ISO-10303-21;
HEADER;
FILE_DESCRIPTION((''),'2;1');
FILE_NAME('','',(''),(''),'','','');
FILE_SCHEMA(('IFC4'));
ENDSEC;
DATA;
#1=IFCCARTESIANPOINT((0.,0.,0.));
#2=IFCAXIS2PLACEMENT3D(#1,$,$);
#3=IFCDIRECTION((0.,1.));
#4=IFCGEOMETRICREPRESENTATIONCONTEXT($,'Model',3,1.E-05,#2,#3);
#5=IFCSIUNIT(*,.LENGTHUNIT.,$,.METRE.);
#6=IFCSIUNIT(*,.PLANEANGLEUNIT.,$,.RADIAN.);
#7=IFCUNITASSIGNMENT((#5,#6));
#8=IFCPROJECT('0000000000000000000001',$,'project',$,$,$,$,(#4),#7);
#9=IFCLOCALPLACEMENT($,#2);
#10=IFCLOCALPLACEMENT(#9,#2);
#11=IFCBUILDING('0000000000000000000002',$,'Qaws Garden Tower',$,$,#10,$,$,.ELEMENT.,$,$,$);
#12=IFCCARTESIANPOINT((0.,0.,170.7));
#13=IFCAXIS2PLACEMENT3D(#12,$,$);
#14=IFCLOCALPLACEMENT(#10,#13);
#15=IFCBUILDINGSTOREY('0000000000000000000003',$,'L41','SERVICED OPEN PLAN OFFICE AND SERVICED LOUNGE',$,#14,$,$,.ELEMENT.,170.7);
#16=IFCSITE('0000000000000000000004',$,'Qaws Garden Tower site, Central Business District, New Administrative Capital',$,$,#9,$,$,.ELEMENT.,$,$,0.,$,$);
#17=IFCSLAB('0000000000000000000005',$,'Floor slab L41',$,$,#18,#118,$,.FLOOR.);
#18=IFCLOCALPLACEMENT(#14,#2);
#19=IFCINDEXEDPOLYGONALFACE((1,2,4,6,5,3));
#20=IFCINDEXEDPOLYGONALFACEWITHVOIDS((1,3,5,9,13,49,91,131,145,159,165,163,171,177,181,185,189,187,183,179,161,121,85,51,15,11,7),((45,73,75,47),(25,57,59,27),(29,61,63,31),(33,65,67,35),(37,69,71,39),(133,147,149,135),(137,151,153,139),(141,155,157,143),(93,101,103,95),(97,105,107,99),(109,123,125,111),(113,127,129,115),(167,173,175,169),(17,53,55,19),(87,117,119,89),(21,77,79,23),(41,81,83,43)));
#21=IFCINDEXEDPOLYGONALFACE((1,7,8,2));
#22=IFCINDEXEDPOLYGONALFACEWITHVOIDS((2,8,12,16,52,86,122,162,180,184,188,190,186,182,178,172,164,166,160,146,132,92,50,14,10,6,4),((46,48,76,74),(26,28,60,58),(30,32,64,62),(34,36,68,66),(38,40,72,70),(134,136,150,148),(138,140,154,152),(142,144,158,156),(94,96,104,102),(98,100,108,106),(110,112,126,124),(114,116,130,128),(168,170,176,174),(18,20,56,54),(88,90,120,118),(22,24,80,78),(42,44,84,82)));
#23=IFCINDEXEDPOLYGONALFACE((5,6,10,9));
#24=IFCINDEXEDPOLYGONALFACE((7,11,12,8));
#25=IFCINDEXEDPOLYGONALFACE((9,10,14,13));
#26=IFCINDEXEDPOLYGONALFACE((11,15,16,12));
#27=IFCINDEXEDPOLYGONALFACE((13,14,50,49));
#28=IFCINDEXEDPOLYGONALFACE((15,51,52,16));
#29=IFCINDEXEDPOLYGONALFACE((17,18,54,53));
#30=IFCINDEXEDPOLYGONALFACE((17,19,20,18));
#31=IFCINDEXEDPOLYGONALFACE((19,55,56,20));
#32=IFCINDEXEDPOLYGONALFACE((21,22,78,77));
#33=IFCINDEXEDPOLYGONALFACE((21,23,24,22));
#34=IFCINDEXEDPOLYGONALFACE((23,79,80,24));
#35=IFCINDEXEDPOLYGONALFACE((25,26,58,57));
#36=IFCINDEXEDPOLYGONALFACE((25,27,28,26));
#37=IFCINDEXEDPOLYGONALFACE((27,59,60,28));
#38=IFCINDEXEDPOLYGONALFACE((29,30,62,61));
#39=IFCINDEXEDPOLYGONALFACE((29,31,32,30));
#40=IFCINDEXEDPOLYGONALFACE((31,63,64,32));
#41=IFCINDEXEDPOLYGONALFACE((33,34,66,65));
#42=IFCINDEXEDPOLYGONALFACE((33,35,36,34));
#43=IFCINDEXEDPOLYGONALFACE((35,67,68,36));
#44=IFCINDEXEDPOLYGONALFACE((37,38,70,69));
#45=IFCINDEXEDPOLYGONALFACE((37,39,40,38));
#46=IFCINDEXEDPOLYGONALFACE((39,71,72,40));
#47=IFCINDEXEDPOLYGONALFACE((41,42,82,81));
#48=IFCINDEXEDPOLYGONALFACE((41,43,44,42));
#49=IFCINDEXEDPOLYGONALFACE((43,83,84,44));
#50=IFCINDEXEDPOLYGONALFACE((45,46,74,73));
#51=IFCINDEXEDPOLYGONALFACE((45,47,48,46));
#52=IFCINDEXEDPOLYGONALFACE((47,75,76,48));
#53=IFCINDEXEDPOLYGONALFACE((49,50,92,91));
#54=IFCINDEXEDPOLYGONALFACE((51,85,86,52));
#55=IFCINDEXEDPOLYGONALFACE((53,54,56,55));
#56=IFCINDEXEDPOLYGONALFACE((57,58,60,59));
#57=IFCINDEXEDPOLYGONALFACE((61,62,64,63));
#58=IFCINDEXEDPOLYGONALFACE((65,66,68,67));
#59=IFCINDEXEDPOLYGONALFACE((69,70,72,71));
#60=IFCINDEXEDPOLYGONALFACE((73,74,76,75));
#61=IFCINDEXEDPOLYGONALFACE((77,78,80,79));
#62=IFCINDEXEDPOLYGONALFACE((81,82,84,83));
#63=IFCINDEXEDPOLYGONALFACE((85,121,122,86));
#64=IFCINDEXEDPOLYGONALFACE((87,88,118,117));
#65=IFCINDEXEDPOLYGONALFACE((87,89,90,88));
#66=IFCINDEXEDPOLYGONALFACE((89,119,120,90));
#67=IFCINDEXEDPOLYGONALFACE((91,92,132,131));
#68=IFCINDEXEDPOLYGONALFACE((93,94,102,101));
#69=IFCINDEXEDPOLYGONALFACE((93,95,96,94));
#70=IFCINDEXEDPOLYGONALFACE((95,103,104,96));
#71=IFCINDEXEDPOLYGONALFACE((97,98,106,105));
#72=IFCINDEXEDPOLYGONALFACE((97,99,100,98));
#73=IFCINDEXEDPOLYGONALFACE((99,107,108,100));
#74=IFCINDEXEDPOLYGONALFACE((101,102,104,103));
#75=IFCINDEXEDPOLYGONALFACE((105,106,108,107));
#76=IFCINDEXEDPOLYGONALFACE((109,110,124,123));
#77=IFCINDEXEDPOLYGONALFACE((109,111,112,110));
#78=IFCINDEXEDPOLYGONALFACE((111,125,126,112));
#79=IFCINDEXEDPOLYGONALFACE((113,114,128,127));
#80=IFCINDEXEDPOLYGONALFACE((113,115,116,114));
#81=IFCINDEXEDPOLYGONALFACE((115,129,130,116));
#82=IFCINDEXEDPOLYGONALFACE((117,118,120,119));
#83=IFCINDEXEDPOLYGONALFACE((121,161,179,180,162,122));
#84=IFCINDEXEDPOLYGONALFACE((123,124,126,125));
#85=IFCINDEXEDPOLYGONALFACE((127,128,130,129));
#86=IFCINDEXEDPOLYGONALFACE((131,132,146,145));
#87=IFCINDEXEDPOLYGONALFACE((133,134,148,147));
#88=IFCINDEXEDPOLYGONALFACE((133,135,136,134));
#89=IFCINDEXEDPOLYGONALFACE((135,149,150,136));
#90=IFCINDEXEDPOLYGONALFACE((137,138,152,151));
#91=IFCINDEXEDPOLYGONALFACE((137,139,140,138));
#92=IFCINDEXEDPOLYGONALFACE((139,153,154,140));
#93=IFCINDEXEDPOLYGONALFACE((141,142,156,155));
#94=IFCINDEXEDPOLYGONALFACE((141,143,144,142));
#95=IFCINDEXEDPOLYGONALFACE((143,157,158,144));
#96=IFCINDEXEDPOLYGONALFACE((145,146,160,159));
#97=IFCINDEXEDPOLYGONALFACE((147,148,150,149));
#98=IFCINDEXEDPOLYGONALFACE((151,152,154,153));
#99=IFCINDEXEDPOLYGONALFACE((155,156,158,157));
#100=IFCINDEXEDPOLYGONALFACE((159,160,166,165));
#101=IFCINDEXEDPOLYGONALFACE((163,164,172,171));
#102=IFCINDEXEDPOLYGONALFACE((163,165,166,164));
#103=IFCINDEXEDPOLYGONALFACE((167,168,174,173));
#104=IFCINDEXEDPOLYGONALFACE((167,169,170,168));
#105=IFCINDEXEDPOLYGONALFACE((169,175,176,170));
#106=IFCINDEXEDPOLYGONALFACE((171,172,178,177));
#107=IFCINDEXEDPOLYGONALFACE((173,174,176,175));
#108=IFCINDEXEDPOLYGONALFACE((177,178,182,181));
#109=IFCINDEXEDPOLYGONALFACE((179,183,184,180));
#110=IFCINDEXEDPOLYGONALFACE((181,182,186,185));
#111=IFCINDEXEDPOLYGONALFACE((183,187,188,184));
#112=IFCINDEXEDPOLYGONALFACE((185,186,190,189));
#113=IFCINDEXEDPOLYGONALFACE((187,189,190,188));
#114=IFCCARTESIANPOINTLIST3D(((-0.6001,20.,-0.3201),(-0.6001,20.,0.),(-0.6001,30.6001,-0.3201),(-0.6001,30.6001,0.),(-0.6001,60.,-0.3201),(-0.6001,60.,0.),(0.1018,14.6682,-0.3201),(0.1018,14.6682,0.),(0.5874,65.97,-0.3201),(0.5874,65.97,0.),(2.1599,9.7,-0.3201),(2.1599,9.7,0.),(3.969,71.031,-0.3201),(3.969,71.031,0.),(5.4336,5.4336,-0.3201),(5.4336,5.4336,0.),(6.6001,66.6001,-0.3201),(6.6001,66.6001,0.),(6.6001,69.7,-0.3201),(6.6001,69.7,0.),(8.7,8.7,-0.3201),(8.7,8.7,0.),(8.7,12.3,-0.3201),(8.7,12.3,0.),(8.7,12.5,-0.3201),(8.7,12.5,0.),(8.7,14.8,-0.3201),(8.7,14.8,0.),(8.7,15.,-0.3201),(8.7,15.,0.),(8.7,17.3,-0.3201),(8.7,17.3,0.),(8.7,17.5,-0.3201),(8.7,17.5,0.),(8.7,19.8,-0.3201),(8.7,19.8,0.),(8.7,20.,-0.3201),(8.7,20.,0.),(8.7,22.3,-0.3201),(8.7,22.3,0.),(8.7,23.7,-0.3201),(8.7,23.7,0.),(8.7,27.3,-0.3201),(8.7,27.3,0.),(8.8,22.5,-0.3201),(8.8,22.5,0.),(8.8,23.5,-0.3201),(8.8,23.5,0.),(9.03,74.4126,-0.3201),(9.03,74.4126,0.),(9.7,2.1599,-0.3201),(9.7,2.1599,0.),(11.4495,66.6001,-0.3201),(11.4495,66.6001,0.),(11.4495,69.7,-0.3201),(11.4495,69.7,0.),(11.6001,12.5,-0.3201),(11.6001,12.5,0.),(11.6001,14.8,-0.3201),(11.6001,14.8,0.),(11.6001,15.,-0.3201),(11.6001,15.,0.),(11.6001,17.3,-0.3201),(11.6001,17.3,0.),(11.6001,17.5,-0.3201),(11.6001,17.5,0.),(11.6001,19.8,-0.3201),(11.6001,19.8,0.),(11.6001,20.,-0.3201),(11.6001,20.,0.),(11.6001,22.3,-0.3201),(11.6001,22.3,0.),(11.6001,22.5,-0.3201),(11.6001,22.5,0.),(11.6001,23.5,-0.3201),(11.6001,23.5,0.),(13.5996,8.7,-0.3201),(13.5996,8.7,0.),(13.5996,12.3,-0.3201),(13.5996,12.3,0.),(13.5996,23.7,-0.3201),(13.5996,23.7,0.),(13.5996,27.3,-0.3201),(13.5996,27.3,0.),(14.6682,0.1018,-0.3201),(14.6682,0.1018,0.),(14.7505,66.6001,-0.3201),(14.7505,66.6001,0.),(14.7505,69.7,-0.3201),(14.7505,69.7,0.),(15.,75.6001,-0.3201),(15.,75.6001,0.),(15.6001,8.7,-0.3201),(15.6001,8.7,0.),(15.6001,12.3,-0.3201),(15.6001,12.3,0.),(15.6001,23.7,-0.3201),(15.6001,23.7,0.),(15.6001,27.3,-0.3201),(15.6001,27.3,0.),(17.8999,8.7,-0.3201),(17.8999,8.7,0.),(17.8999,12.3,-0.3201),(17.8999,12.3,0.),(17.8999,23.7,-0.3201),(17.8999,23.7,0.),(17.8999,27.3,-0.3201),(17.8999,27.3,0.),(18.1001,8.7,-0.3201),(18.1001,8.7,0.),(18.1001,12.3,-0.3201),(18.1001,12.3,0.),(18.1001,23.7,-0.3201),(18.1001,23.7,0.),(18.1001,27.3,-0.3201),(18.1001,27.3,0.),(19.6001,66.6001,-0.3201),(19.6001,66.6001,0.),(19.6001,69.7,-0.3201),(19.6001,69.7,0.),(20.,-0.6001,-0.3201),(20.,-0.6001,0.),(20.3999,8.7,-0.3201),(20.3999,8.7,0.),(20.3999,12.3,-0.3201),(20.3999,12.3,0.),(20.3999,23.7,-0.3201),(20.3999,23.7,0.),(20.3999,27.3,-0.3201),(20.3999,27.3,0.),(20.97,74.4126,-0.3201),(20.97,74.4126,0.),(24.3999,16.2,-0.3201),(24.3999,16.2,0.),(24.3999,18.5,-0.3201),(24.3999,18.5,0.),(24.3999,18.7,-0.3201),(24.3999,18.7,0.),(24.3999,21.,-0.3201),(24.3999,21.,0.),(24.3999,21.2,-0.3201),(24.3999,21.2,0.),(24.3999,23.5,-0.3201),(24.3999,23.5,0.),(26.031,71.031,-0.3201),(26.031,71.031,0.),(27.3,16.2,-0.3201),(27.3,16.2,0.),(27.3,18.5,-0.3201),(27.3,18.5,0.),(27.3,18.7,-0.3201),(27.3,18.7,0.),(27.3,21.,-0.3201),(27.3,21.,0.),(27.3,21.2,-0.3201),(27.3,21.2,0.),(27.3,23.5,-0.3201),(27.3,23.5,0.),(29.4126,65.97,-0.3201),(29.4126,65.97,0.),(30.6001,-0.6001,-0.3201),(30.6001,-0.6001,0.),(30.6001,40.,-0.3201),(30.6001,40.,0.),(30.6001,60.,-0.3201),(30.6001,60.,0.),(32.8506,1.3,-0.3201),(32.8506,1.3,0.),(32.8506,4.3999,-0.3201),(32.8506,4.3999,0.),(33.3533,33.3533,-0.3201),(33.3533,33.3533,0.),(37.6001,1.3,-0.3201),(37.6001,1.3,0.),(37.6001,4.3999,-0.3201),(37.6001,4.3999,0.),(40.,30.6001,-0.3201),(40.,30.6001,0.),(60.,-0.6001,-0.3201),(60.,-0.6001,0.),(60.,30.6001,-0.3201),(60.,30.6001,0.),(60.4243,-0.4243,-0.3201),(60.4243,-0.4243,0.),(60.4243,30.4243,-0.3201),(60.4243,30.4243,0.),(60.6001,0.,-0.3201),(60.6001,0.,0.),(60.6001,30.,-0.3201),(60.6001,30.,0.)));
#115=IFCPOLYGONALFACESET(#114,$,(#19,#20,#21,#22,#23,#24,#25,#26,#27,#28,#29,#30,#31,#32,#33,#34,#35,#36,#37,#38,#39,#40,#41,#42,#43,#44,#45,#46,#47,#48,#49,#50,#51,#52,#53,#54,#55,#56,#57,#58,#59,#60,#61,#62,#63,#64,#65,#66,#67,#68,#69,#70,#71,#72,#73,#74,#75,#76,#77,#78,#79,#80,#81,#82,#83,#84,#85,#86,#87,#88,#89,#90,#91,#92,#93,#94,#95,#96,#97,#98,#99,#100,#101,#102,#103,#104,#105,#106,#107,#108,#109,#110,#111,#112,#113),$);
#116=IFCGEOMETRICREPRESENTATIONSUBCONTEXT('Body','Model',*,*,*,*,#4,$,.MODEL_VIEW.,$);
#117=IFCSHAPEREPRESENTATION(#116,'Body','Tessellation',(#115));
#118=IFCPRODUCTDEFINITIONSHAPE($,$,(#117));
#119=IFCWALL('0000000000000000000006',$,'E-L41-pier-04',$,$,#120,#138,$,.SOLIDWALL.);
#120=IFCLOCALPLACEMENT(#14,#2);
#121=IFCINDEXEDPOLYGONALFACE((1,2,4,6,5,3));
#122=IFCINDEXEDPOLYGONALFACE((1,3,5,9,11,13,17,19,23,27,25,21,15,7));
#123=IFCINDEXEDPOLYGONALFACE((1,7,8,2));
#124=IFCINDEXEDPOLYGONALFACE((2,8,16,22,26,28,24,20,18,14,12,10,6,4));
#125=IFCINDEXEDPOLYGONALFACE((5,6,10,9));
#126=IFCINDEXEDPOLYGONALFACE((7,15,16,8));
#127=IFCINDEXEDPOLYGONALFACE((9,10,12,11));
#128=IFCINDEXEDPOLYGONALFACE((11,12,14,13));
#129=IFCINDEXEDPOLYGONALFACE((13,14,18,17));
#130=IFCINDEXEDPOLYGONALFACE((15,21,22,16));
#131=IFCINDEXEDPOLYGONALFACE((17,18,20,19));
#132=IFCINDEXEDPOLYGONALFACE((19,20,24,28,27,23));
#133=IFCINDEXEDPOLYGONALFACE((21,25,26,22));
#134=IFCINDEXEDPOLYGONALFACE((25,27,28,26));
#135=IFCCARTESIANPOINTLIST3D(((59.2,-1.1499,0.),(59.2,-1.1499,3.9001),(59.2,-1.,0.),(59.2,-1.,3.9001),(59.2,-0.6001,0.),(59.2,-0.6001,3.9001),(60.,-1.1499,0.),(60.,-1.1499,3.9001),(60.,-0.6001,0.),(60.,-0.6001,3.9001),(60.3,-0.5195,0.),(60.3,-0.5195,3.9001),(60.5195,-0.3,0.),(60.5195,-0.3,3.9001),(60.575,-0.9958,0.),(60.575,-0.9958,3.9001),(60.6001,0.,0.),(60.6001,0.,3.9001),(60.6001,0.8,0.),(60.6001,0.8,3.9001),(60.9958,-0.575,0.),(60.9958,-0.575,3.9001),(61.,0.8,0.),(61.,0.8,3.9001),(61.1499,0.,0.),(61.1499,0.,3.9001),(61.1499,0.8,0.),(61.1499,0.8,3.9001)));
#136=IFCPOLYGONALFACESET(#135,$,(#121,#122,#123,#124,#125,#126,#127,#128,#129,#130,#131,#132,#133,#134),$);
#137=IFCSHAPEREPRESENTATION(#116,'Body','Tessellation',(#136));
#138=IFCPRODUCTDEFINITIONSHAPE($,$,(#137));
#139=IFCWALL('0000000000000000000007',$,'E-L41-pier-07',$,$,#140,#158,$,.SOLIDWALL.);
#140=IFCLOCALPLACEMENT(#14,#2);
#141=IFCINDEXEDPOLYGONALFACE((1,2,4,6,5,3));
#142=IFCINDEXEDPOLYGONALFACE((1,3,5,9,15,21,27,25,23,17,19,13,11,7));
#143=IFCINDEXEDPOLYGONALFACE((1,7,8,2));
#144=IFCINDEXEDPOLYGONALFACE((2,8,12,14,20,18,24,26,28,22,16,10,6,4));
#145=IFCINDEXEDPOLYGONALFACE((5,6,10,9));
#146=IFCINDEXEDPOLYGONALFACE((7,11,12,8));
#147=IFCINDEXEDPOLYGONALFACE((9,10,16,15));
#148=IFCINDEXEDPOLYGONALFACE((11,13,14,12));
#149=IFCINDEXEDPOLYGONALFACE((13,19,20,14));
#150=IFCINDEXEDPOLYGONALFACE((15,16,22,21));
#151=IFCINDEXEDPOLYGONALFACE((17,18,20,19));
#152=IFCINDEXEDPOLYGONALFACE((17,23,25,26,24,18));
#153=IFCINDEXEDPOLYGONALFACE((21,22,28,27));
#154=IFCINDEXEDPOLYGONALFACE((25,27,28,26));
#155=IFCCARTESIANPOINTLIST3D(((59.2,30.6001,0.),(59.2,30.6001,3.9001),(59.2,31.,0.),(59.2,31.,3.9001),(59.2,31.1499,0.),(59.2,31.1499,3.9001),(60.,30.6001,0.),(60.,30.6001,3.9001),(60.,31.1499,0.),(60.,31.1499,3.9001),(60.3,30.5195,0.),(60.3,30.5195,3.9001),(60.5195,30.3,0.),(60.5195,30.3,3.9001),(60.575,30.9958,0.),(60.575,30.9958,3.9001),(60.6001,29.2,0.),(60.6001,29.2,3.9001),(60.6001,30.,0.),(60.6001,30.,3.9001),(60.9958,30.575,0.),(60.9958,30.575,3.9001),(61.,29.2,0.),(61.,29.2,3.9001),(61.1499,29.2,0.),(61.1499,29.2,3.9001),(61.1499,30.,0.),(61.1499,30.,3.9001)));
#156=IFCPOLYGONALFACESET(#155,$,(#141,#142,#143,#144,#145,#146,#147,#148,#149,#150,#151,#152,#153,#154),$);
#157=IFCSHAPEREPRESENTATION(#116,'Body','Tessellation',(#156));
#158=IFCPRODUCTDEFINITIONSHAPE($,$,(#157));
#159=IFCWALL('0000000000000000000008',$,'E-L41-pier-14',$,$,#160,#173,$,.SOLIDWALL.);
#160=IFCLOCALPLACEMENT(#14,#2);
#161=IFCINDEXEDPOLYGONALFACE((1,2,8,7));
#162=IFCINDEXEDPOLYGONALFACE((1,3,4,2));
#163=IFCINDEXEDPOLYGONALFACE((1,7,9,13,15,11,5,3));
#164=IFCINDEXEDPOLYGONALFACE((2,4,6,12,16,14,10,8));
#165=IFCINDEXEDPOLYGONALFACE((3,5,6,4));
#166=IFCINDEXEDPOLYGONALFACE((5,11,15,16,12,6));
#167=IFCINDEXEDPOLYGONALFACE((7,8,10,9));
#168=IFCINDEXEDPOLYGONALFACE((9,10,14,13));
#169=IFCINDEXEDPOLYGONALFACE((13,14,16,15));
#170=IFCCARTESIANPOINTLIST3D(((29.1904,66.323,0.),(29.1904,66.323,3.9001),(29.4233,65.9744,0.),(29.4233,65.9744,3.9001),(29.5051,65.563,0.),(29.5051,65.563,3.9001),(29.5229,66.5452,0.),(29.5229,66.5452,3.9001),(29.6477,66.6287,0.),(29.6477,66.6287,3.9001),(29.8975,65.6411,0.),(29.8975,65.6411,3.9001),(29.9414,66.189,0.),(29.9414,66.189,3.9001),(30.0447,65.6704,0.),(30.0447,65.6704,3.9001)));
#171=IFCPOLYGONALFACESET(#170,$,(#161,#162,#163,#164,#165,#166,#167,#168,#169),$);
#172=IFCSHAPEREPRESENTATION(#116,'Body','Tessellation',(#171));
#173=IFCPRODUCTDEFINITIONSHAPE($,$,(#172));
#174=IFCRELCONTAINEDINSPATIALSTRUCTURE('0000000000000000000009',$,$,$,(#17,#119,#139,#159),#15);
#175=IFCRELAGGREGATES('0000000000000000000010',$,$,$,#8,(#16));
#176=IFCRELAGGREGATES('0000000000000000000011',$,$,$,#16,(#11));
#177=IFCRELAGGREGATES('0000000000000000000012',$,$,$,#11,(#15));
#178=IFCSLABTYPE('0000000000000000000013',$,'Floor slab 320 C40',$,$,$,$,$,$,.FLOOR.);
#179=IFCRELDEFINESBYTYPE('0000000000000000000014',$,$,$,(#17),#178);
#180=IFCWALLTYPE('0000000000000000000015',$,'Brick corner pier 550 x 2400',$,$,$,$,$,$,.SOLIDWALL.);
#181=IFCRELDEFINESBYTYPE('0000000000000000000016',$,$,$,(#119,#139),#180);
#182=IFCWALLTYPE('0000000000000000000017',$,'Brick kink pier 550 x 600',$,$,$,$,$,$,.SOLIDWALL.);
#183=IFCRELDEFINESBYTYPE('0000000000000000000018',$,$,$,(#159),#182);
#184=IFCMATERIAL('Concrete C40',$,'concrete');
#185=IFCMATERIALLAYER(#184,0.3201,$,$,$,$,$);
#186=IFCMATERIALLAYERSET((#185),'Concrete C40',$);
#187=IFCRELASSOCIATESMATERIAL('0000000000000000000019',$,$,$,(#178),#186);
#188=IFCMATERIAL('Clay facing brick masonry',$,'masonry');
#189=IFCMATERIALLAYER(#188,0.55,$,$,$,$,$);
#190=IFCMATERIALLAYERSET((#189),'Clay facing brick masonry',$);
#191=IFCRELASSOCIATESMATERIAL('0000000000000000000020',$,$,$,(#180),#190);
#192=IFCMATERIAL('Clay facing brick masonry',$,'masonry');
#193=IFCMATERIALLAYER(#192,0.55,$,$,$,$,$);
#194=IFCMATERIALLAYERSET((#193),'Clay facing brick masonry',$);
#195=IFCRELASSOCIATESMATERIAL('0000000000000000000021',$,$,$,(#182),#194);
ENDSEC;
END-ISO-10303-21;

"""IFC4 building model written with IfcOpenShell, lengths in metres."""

from ifc_helpers import new_model, si_unit, direction, frame, origin, place, context, subcontext, project, spatial, polyline, outline, extrude, material, layer, layer_set, type_object, element, save


model = new_model("IFC4")

# Units and contexts
model_context = context("Model", 3, precision=1e-05, world=origin(), true_north=direction((0.0, 1.0)))
body_context = subcontext(model_context, "Body", "Model", "MODEL_VIEW")
ifc_project = project(units=[si_unit("LENGTHUNIT", "METRE"), si_unit("PLANEANGLEUNIT", "RADIAN")], contexts=[model_context])

# Site, building, storey
site_placement = place(None, origin())
site = spatial("IfcSite", under=ifc_project, at=site_placement, Name="Qaws Garden Tower site, Central Business District, New Administrative Capital", CompositionType="ELEMENT", RefElevation=0.0)
building_placement = place(site_placement, origin())
building = spatial("IfcBuilding", under=site, at=building_placement, Name="Qaws Garden Tower", CompositionType="ELEMENT")
storey_placement = place(building_placement, frame((0.0, 0.0, 170.7)))
storey = spatial("IfcBuildingStorey", under=building, at=storey_placement, Name="L41", Description="SERVICED OPEN PLAN OFFICE AND SERVICED LOUNGE", CompositionType="ELEMENT", Elevation=170.7)

# Slab
ifc_material_1 = material(Name="Concrete C40", Category="concrete")
ifc_layer_1 = layer(ifc_material_1, 0.3201)
ifc_layer_set_1 = layer_set([ifc_layer_1], Name="Concrete C40")
slab_type = type_object("IfcSlabType", Name="Floor slab 320 C40", PredefinedType="FLOOR", material=ifc_layer_set_1)
slab_placement = place(storey_placement, frame((0.0, 0.0, -0.3201)))
element("IfcSlab", 1, at=slab_placement, inside=storey, type_object=slab_type, Name="Floor slab L41", PredefinedType="FLOOR", context=body_context, shape_type="SweptSolid", body=[
    extrude(outline(polyline([(0.1018, 14.6682), (-0.6001, 20.0), (-0.6001, 30.6001), (-0.6001, 60.0), (-0.6001, 60.0), (0.5874, 65.97), (3.969, 71.031), (9.03, 74.4126), (15.0, 75.6001), (20.97, 74.4126), (26.031, 71.031), (29.4126, 65.97), (30.6001, 60.0), (30.6001, 40.0), (33.3533, 33.3533), (40.0, 30.6001), (60.0, 30.6001), (60.4243, 30.4243), (60.6001, 30.0), (60.6001, 0.0), (60.4243, -0.4243), (60.0, -0.6001), (30.6001, -0.6001), (20.0, -0.6001), (14.6682, 0.1018), (9.7, 2.1599), (5.4336, 5.4336), (2.1599, 9.7), (0.1018, 14.6682)]), holes=[polyline([(13.5996, 12.3), (8.7, 12.3), (8.7, 8.7), (13.5996, 8.7), (13.5996, 12.3)]), polyline([(17.8999, 12.3), (15.6001, 12.3), (15.6001, 8.7), (17.8999, 8.7), (17.8999, 12.3)]), polyline([(11.6001, 14.8), (8.7, 14.8), (8.7, 12.5), (11.6001, 12.5), (11.6001, 14.8)]), polyline([(11.6001, 17.3), (8.7, 17.3), (8.7, 15.0), (11.6001, 15.0), (11.6001, 17.3)]), polyline([(11.6001, 19.8), (8.7, 19.8), (8.7, 17.5), (11.6001, 17.5), (11.6001, 19.8)]), polyline([(11.6001, 22.3), (8.7, 22.3), (8.7, 20.0), (11.6001, 20.0), (11.6001, 22.3)]), polyline([(11.6001, 23.5), (8.8, 23.5), (8.8, 22.5), (11.6001, 22.5), (11.6001, 23.5)]), polyline([(13.5996, 27.3), (8.7, 27.3), (8.7, 23.7), (13.5996, 23.7), (13.5996, 27.3)]), polyline([(11.4495, 69.7), (6.6001, 69.7), (6.6001, 66.6001), (11.4495, 66.6001), (11.4495, 69.7)]), polyline([(37.6001, 4.3999), (32.8506, 4.3999), (32.8506, 1.3), (37.6001, 1.3), (37.6001, 4.3999)]), polyline([(20.3999, 12.3), (18.1001, 12.3), (18.1001, 8.7), (20.3999, 8.7), (20.3999, 12.3)]), polyline([(27.3, 18.5), (24.3999, 18.5), (24.3999, 16.2), (27.3, 16.2), (27.3, 18.5)]), polyline([(27.3, 21.0), (24.3999, 21.0), (24.3999, 18.7), (27.3, 18.7), (27.3, 21.0)]), polyline([(27.3, 23.5), (24.3999, 23.5), (24.3999, 21.2), (27.3, 21.2), (27.3, 23.5)]), polyline([(17.8999, 27.3), (15.6001, 27.3), (15.6001, 23.7), (17.8999, 23.7), (17.8999, 27.3)]), polyline([(20.3999, 23.7), (20.3999, 27.3), (18.1001, 27.3), (18.1001, 23.7), (20.3999, 23.7)]), polyline([(19.6001, 66.6001), (19.6001, 69.7), (14.7505, 69.7), (14.7505, 66.6001), (19.6001, 66.6001)])]), origin(), (0.0, 0.0, 1.0), 0.3201),
])

# Walls
ifc_material_2 = material(Name="Clay facing brick masonry", Category="masonry")
ifc_layer_2 = layer(ifc_material_2, 0.55)
ifc_layer_set_2 = layer_set([ifc_layer_2], Name="Clay facing brick masonry")
wall_type_1 = type_object("IfcWallType", Name="Brick corner pier 550 x 2400", PredefinedType="SOLIDWALL", material=ifc_layer_set_2)
placement = place(storey_placement, origin())
element("IfcWall", 2, at=placement, inside=storey, type_object=wall_type_1, Name="E-L41-pier-04", PredefinedType="SOLIDWALL", context=body_context, shape_type="SweptSolid", body=[
    extrude(outline(polyline([(59.2, -1.0), (59.2, -1.1499), (60.0, -1.1499), (60.575, -0.9958), (60.9958, -0.575), (61.1499, 0.0), (61.1499, 0.8), (61.0, 0.8), (60.6001, 0.8), (60.6001, 0.0), (60.5195, -0.3), (60.3, -0.5195), (60.0, -0.6001), (59.2, -0.6001), (59.2, -1.0)])), origin(), (0.0, 0.0, 1.0), 3.9001),
])
element("IfcWall", 3, at=placement, inside=storey, type_object=wall_type_1, Name="E-L41-pier-07", PredefinedType="SOLIDWALL", context=body_context, shape_type="SweptSolid", body=[
    extrude(outline(polyline([(61.0, 29.2), (61.1499, 29.2), (61.1499, 30.0), (60.9958, 30.575), (60.575, 30.9958), (60.0, 31.1499), (59.2, 31.1499), (59.2, 31.0), (59.2, 30.6001), (60.0, 30.6001), (60.3, 30.5195), (60.5195, 30.3), (60.6001, 30.0), (60.6001, 29.2), (61.0, 29.2)])), origin(), (0.0, 0.0, 1.0), 3.9001),
])
ifc_material_3 = material(Name="Clay facing brick masonry", Category="masonry")
ifc_layer_3 = layer(ifc_material_3, 0.55)
ifc_layer_set_3 = layer_set([ifc_layer_3], Name="Clay facing brick masonry")
wall_type_2 = type_object("IfcWallType", Name="Brick kink pier 550 x 600", PredefinedType="SOLIDWALL", material=ifc_layer_set_3)
element("IfcWall", 4, at=placement, inside=storey, type_object=wall_type_2, Name="E-L41-pier-14", PredefinedType="SOLIDWALL", context=body_context, shape_type="SweptSolid", body=[
    extrude(outline(polyline([(29.8975, 65.6411), (30.0447, 65.6704), (29.9414, 66.189), (29.6477, 66.6287), (29.5229, 66.5452), (29.1904, 66.323), (29.4233, 65.9744), (29.5051, 65.563), (29.8975, 65.6411)])), origin(), (0.0, 0.0, 1.0), 3.9001),
])

save(model, "model.ifc")
